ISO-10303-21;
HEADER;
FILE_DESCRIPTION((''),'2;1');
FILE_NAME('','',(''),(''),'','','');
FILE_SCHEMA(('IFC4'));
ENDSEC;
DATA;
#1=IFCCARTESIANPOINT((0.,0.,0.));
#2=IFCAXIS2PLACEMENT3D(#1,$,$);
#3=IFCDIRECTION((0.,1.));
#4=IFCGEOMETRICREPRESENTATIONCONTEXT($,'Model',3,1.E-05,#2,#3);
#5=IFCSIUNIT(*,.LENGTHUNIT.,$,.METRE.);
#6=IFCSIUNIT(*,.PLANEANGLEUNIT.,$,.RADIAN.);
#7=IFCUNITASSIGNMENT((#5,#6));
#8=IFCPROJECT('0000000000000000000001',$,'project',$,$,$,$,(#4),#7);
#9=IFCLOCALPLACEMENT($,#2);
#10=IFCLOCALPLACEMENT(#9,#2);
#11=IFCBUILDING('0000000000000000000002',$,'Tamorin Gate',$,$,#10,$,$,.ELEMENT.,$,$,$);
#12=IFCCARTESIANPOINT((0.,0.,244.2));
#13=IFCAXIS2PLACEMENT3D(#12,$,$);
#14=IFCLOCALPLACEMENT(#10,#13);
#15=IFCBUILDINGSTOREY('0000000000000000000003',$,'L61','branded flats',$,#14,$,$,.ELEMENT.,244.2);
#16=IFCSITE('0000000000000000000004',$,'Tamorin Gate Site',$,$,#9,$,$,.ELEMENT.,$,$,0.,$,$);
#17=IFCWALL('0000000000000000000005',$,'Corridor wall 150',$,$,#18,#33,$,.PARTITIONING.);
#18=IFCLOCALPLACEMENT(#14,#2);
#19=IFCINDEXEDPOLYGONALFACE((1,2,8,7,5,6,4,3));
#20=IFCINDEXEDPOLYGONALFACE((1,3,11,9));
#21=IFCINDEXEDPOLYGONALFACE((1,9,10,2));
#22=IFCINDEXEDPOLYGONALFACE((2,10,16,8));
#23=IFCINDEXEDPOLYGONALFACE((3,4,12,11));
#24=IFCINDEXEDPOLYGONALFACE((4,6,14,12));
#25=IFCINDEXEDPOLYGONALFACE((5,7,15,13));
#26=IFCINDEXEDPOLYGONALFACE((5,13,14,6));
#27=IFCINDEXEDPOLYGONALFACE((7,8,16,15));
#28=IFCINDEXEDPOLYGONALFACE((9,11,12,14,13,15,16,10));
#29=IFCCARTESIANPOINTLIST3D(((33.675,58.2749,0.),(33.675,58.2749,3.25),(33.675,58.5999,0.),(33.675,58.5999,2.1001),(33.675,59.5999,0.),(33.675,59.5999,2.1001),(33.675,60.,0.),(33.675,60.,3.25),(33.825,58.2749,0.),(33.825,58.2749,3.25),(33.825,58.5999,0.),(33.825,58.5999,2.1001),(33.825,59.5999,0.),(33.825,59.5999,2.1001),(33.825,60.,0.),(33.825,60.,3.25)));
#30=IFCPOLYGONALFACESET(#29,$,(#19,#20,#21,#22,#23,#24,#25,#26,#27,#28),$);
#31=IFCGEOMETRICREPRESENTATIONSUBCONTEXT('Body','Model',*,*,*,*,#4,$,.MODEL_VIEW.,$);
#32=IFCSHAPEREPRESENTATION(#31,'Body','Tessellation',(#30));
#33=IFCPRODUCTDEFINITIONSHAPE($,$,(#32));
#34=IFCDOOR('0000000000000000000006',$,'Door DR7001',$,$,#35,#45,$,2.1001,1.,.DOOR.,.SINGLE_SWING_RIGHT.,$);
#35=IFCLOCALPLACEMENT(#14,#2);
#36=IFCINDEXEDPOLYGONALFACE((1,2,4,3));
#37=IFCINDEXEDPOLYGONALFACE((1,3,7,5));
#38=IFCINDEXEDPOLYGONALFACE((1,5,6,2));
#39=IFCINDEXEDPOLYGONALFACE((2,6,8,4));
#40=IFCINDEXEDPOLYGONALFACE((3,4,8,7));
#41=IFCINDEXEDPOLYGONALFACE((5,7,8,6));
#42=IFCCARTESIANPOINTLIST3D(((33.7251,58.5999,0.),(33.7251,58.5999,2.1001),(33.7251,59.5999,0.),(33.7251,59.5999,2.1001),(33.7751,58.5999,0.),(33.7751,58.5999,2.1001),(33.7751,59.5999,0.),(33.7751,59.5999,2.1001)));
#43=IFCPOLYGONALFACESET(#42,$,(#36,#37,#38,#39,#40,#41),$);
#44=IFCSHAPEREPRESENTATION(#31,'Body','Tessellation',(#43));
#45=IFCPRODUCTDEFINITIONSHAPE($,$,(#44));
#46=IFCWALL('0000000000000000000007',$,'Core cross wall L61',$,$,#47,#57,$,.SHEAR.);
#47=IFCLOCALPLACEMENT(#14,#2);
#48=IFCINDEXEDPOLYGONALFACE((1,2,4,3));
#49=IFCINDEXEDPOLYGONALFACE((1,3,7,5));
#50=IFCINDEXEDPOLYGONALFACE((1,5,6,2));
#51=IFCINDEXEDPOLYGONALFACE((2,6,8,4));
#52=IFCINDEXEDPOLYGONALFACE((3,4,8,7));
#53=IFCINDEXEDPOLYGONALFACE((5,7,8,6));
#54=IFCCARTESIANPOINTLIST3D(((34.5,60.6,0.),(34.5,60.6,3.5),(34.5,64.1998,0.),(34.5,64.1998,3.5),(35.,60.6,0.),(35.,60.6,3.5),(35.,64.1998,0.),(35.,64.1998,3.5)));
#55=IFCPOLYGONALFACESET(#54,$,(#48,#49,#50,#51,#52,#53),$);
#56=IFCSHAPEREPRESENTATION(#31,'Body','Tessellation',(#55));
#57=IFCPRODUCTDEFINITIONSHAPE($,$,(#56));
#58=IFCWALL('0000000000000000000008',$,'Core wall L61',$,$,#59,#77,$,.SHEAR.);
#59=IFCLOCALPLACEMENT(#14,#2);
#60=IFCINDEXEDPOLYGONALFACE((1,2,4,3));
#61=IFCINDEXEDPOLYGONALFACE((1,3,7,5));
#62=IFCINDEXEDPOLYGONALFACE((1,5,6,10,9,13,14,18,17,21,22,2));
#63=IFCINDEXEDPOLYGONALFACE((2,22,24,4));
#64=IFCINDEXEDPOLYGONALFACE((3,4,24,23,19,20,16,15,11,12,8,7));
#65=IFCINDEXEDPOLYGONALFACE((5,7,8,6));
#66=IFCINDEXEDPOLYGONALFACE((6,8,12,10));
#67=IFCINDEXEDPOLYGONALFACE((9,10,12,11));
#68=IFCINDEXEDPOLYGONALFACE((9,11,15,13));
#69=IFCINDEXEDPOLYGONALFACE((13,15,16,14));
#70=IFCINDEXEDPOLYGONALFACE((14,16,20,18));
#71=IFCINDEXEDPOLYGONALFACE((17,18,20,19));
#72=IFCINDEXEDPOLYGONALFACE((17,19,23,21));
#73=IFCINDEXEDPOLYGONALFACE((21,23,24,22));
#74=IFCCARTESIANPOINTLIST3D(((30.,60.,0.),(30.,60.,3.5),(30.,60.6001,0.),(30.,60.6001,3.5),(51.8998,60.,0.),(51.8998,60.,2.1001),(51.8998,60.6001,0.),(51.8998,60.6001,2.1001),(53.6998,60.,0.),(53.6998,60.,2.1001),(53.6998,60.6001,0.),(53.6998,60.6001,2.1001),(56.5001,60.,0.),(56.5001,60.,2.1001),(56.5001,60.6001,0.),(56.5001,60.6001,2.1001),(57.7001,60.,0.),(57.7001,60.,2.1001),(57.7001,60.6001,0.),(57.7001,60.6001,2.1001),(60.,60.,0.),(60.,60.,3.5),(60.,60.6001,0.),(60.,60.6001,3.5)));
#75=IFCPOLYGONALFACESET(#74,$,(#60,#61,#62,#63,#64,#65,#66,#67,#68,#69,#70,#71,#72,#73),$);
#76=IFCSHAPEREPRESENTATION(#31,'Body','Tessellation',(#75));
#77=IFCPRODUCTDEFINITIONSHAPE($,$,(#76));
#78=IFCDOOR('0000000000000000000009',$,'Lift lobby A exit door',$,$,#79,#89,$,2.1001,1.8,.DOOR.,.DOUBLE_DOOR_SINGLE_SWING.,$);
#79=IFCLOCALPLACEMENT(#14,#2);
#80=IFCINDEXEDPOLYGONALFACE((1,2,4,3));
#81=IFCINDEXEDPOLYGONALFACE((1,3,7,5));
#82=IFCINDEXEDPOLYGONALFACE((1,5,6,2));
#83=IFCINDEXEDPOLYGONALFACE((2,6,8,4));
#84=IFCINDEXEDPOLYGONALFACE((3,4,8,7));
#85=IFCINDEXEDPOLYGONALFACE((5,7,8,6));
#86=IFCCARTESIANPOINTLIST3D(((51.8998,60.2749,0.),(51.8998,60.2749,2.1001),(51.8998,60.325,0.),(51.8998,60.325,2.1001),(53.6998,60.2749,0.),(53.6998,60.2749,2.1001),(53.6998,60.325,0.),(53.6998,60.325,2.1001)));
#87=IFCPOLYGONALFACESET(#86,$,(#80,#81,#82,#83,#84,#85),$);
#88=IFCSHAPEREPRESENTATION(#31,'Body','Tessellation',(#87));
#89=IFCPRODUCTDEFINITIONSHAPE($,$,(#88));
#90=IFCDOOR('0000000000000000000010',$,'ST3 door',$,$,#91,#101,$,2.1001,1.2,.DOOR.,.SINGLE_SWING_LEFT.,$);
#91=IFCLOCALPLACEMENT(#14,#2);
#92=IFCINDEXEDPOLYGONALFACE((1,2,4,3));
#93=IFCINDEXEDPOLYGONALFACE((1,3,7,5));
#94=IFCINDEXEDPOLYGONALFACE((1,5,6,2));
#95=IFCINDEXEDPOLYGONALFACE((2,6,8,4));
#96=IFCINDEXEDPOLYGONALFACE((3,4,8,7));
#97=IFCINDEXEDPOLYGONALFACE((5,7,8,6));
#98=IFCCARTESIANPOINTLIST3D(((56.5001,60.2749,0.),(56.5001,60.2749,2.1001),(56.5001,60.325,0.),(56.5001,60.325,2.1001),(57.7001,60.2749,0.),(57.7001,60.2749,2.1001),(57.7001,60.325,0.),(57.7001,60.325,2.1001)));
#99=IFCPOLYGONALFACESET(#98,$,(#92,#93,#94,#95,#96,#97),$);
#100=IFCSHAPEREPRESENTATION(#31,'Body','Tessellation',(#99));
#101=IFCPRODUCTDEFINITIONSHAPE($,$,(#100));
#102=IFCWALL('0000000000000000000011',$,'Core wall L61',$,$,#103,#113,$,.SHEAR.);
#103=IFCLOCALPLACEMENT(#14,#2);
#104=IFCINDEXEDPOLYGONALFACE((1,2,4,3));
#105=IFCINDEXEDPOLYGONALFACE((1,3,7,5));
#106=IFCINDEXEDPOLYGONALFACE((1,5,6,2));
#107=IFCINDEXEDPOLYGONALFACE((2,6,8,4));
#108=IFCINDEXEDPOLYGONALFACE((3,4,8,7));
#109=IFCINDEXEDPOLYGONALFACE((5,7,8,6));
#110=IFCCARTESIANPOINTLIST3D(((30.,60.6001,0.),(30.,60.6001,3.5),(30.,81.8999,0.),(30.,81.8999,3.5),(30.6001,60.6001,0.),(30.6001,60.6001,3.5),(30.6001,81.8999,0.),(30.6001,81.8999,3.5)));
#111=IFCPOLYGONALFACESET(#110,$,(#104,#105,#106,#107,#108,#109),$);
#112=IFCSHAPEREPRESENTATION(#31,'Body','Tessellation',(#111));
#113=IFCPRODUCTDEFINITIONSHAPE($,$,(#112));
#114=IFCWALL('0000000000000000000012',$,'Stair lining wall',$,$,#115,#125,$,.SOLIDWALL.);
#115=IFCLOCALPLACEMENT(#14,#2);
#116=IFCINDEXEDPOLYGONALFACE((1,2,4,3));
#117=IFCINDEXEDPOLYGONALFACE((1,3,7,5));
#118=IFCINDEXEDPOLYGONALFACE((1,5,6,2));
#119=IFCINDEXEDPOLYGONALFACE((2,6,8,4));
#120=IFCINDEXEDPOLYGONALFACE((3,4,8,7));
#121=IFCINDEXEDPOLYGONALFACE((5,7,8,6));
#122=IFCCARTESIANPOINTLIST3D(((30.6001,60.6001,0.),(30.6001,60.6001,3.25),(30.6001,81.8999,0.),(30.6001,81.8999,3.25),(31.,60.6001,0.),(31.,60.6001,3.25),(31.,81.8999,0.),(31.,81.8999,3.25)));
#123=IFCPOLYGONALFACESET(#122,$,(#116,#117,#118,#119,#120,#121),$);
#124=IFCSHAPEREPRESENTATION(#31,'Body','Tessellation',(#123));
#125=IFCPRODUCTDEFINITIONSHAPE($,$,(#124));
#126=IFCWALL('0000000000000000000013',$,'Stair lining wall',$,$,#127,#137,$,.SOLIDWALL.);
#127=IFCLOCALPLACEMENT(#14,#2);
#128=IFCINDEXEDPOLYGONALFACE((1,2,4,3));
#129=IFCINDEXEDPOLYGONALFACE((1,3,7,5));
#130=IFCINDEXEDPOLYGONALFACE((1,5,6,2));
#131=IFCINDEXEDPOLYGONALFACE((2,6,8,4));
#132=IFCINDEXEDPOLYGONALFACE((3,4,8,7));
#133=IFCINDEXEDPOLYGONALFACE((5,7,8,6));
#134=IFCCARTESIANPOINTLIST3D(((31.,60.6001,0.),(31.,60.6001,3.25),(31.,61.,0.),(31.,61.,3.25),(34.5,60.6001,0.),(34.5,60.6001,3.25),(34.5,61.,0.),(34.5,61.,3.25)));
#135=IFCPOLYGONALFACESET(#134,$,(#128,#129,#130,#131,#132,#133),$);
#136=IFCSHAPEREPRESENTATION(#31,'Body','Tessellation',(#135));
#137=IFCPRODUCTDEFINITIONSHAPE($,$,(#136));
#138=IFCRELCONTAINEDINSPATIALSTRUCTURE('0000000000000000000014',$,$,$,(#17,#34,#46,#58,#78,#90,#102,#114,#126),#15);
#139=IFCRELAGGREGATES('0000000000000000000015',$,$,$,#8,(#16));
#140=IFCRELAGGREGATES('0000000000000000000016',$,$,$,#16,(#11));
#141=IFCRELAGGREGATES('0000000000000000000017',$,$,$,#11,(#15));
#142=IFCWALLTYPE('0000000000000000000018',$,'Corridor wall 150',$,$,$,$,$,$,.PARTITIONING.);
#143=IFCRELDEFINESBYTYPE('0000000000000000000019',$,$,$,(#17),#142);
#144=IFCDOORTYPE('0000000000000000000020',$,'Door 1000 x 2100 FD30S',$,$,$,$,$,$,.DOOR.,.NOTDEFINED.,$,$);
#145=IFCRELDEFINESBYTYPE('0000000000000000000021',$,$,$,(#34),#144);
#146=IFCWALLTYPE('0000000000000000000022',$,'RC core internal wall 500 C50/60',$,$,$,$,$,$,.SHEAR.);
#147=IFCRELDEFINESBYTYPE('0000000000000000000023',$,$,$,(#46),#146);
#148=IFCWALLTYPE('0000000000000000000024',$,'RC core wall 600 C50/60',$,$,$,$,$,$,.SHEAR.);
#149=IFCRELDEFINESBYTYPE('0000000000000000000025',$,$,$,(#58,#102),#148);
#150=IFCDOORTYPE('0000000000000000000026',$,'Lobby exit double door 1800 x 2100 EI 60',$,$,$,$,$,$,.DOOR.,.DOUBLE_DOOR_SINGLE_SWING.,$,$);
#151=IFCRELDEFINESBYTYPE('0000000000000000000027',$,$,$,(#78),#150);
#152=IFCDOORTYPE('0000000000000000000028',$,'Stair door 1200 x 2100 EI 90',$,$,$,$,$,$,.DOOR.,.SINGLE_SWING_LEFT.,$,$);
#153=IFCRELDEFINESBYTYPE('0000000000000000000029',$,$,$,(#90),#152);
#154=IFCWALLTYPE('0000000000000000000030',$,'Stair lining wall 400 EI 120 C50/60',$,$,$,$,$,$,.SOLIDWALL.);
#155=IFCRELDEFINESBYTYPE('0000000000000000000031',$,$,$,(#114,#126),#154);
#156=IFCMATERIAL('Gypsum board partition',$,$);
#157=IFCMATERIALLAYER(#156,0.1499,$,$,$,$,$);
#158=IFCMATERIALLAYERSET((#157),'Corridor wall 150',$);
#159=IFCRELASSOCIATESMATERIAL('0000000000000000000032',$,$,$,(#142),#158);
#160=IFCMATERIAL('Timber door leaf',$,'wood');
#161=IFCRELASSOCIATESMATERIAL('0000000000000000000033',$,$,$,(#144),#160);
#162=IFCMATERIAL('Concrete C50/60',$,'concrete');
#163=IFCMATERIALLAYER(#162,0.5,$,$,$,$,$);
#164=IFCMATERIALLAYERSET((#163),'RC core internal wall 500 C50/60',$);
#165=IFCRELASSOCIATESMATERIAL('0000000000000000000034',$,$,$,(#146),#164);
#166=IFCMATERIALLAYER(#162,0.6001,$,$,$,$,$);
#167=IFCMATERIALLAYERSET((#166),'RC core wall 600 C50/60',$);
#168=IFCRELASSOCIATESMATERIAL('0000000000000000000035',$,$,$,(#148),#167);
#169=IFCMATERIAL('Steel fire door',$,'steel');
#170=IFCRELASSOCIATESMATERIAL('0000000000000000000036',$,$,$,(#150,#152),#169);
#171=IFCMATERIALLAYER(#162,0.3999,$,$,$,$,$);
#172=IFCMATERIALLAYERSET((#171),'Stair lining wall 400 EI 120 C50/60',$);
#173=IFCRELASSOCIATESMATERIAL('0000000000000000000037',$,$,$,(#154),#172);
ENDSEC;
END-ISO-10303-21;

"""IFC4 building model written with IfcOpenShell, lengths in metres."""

from ifc_helpers import new_model, si_unit, direction, frame, frame_2d, origin, place, context, subcontext, project, spatial, rectangle, extrude, material, layer, layer_set, type_object, element, fill, save


model = new_model("IFC4")

# Units and contexts
model_context = context("Model", 3, precision=1e-05, world=origin(), true_north=direction((0.0, 1.0)))
body_context = subcontext(model_context, "Body", "Model", "MODEL_VIEW")
ifc_project = project(units=[si_unit("LENGTHUNIT", "METRE"), si_unit("PLANEANGLEUNIT", "RADIAN")], contexts=[model_context])

# Site, building, storey
site_placement = place(None, origin())
site = spatial("IfcSite", under=ifc_project, at=site_placement, Name="Tamorin Gate Site", CompositionType="ELEMENT", RefElevation=0.0)
building_placement = place(site_placement, origin())
building = spatial("IfcBuilding", under=site, at=building_placement, Name="Tamorin Gate", CompositionType="ELEMENT")
storey_placement = place(building_placement, frame((0.0, 0.0, 244.2)))
storey = spatial("IfcBuildingStorey", under=building, at=storey_placement, Name="L61", Description="branded flats", CompositionType="ELEMENT", Elevation=244.2)

# Shared definitions
ifc_material_1 = material(Name="Gypsum board partition")
ifc_layer_1 = layer(ifc_material_1, 0.1499)
ifc_layer_set_1 = layer_set([ifc_layer_1], Name="Corridor wall 150")
wall_type_1 = type_object("IfcWallType", Name="Corridor wall 150", PredefinedType="PARTITIONING", material=ifc_layer_set_1)
ifc_material_2 = material(Name="Timber door leaf", Category="wood")
door_type_1 = type_object("IfcDoorType", Name="Door 1000 x 2100 FD30S", OperationType="NOTDEFINED", PredefinedType="DOOR", material=ifc_material_2)

# Wall, opening, door
wall_1_placement = place(storey_placement, frame((33.75, 58.2749, 0.0), z_axis=(0.0, 0.0, 1.0), x_axis=(0.0, 1.0, 0.0)))
wall_1 = element("IfcWall", 1, at=wall_1_placement, inside=storey, type_object=wall_type_1, Name="Corridor wall 150", PredefinedType="PARTITIONING", context=body_context, shape_type="SweptSolid", body=[
    extrude(rectangle(XDim=1.7251, YDim=0.1499, at=frame_2d((0.8625, 0.0))), origin(), (0.0, 0.0, 1.0), 3.25),
])
opening_1_placement = place(wall_1_placement, frame((0.325, 0.0, 0.0)))
opening_1 = element("IfcOpeningElement", 2, at=opening_1_placement, cuts=wall_1, PredefinedType="OPENING", context=body_context, shape_type="SweptSolid", body=[
    extrude(rectangle(XDim=1.0, YDim=2.1001, at=frame_2d((0.5, 1.05))), frame((0.0, 0.085, 0.0), z_axis=(0.0, -1.0, 0.0), x_axis=(1.0, 0.0, 0.0)), (0.0, 0.0, 1.0), 0.1699),
])
door_1_placement = place(opening_1_placement, origin())
door_1 = element("IfcDoor", 3, at=door_1_placement, inside=storey, type_object=door_type_1, Name="Door DR7001", OperationType="SINGLE_SWING_RIGHT", OverallHeight=2.1001, OverallWidth=1.0, PredefinedType="DOOR", context=body_context, shape_type="SweptSolid", body=[
    extrude(rectangle(XDim=1.0, YDim=2.1001, at=frame_2d((0.5, 1.05))), frame((0.0, 0.0249, 0.0), z_axis=(0.0, -1.0, 0.0), x_axis=(1.0, 0.0, 0.0)), (0.0, 0.0, 1.0), 0.05),
])
fill(opening_1, door_1)

# Wall
ifc_material_3 = material(Name="Concrete C50/60", Category="concrete")
ifc_layer_2 = layer(ifc_material_3, 0.5)
ifc_layer_set_2 = layer_set([ifc_layer_2], Name="RC core internal wall 500 C50/60")
wall_type_2 = type_object("IfcWallType", Name="RC core internal wall 500 C50/60", PredefinedType="SHEAR", material=ifc_layer_set_2)
wall_2_placement = place(storey_placement, frame((34.75, 60.6001, 0.0), z_axis=(0.0, 0.0, 1.0), x_axis=(0.0, 1.0, 0.0)))
element("IfcWall", 4, at=wall_2_placement, inside=storey, type_object=wall_type_2, Name="Core cross wall L61", PredefinedType="SHEAR", context=body_context, shape_type="SweptSolid", body=[
    extrude(rectangle(XDim=3.5999, YDim=0.5, at=frame_2d((1.7998, 0.0))), origin(), (0.0, 0.0, 1.0), 3.5),
])

# Wall, openings, doors
ifc_layer_3 = layer(ifc_material_3, 0.6001)
ifc_layer_set_3 = layer_set([ifc_layer_3], Name="RC core wall 600 C50/60")
wall_type_3 = type_object("IfcWallType", Name="RC core wall 600 C50/60", PredefinedType="SHEAR", material=ifc_layer_set_3)
wall_3_placement = place(storey_placement, frame((30.0, 60.3, 0.0), z_axis=(0.0, 0.0, 1.0), x_axis=(1.0, 0.0, 0.0)))
wall_3 = element("IfcWall", 5, at=wall_3_placement, inside=storey, type_object=wall_type_3, Name="Core wall L61", PredefinedType="SHEAR", context=body_context, shape_type="SweptSolid", body=[
    extrude(rectangle(XDim=30.0, YDim=0.6001, at=frame_2d((15.0, 0.0))), origin(), (0.0, 0.0, 1.0), 3.5),
])
opening_2_placement = place(wall_3_placement, frame((21.8999, 0.0, 0.0)))
opening_2 = element("IfcOpeningElement", 6, at=opening_2_placement, cuts=wall_3, PredefinedType="OPENING", context=body_context, shape_type="SweptSolid", body=[
    extrude(rectangle(XDim=1.8, YDim=2.1001, at=frame_2d((0.8999, 1.05))), frame((0.0, 0.3101, 0.0), z_axis=(0.0, -1.0, 0.0), x_axis=(1.0, 0.0, 0.0)), (0.0, 0.0, 1.0), 0.6201),
])
opening_3_placement = place(wall_3_placement, frame((26.5, 0.0, 0.0)))
opening_3 = element("IfcOpeningElement", 7, at=opening_3_placement, cuts=wall_3, PredefinedType="OPENING", context=body_context, shape_type="SweptSolid", body=[
    extrude(rectangle(XDim=1.2, YDim=2.1001, at=frame_2d((0.6001, 1.05))), frame((0.0, 0.3101, 0.0), z_axis=(0.0, -1.0, 0.0), x_axis=(1.0, 0.0, 0.0)), (0.0, 0.0, 1.0), 0.6201),
])
ifc_material_4 = material(Name="Steel fire door", Category="steel")
door_type_2 = type_object("IfcDoorType", Name="Lobby exit double door 1800 x 2100 EI 60", OperationType="DOUBLE_DOOR_SINGLE_SWING", PredefinedType="DOOR", material=ifc_material_4)
door_2_placement = place(opening_2_placement, origin())
door_2 = element("IfcDoor", 8, at=door_2_placement, inside=storey, type_object=door_type_2, Name="Lift lobby A exit door", OperationType="DOUBLE_DOOR_SINGLE_SWING", OverallHeight=2.1001, OverallWidth=1.8, PredefinedType="DOOR", context=body_context, shape_type="SweptSolid", body=[
    extrude(rectangle(XDim=1.8, YDim=2.1001, at=frame_2d((0.8999, 1.05))), frame((0.0, 0.0249, 0.0), z_axis=(0.0, -1.0, 0.0), x_axis=(1.0, 0.0, 0.0)), (0.0, 0.0, 1.0), 0.05),
])
fill(opening_2, door_2)
door_type_3 = type_object("IfcDoorType", Name="Stair door 1200 x 2100 EI 90", OperationType="SINGLE_SWING_LEFT", PredefinedType="DOOR", material=ifc_material_4)
door_3_placement = place(opening_3_placement, origin())
door_3 = element("IfcDoor", 9, at=door_3_placement, inside=storey, type_object=door_type_3, Name="ST3 door", OperationType="SINGLE_SWING_LEFT", OverallHeight=2.1001, OverallWidth=1.2, PredefinedType="DOOR", context=body_context, shape_type="SweptSolid", body=[
    extrude(rectangle(XDim=1.2, YDim=2.1001, at=frame_2d((0.6001, 1.05))), frame((0.0, 0.0249, 0.0), z_axis=(0.0, -1.0, 0.0), x_axis=(1.0, 0.0, 0.0)), (0.0, 0.0, 1.0), 0.05),
])
fill(opening_3, door_3)

# Walls
wall_4_placement = place(storey_placement, frame((30.3, 60.6001, 0.0), z_axis=(0.0, 0.0, 1.0), x_axis=(0.0, 1.0, 0.0)))
element("IfcWall", 10, at=wall_4_placement, inside=storey, type_object=wall_type_3, Name="Core wall L61", PredefinedType="SHEAR", context=body_context, shape_type="SweptSolid", body=[
    extrude(rectangle(XDim=21.2998, YDim=0.6001, at=frame_2d((10.6499, 0.0))), origin(), (0.0, 0.0, 1.0), 3.5),
])
ifc_layer_4 = layer(ifc_material_3, 0.3999)
ifc_layer_set_4 = layer_set([ifc_layer_4], Name="Stair lining wall 400 EI 120 C50/60")
wall_type_4 = type_object("IfcWallType", Name="Stair lining wall 400 EI 120 C50/60", PredefinedType="SOLIDWALL", material=ifc_layer_set_4)
wall_5_placement = place(storey_placement, frame((30.8, 60.6001, 0.0), z_axis=(0.0, 0.0, 1.0), x_axis=(0.0, 1.0, 0.0)))
element("IfcWall", 11, at=wall_5_placement, inside=storey, type_object=wall_type_4, Name="Stair lining wall", PredefinedType="SOLIDWALL", context=body_context, shape_type="SweptSolid", body=[
    extrude(rectangle(XDim=21.2998, YDim=0.3999, at=frame_2d((10.6499, 0.0))), origin(), (0.0, 0.0, 1.0), 3.25),
])
wall_6_placement = place(storey_placement, frame((31.0, 60.8, 0.0), z_axis=(0.0, 0.0, 1.0), x_axis=(1.0, 0.0, 0.0)))
element("IfcWall", 12, at=wall_6_placement, inside=storey, type_object=wall_type_4, Name="Stair lining wall", PredefinedType="SOLIDWALL", context=body_context, shape_type="SweptSolid", body=[
    extrude(rectangle(XDim=3.5, YDim=0.3999, at=frame_2d((1.75, 0.0))), origin(), (0.0, 0.0, 1.0), 3.25),
])

save(model, "model.ifc")
